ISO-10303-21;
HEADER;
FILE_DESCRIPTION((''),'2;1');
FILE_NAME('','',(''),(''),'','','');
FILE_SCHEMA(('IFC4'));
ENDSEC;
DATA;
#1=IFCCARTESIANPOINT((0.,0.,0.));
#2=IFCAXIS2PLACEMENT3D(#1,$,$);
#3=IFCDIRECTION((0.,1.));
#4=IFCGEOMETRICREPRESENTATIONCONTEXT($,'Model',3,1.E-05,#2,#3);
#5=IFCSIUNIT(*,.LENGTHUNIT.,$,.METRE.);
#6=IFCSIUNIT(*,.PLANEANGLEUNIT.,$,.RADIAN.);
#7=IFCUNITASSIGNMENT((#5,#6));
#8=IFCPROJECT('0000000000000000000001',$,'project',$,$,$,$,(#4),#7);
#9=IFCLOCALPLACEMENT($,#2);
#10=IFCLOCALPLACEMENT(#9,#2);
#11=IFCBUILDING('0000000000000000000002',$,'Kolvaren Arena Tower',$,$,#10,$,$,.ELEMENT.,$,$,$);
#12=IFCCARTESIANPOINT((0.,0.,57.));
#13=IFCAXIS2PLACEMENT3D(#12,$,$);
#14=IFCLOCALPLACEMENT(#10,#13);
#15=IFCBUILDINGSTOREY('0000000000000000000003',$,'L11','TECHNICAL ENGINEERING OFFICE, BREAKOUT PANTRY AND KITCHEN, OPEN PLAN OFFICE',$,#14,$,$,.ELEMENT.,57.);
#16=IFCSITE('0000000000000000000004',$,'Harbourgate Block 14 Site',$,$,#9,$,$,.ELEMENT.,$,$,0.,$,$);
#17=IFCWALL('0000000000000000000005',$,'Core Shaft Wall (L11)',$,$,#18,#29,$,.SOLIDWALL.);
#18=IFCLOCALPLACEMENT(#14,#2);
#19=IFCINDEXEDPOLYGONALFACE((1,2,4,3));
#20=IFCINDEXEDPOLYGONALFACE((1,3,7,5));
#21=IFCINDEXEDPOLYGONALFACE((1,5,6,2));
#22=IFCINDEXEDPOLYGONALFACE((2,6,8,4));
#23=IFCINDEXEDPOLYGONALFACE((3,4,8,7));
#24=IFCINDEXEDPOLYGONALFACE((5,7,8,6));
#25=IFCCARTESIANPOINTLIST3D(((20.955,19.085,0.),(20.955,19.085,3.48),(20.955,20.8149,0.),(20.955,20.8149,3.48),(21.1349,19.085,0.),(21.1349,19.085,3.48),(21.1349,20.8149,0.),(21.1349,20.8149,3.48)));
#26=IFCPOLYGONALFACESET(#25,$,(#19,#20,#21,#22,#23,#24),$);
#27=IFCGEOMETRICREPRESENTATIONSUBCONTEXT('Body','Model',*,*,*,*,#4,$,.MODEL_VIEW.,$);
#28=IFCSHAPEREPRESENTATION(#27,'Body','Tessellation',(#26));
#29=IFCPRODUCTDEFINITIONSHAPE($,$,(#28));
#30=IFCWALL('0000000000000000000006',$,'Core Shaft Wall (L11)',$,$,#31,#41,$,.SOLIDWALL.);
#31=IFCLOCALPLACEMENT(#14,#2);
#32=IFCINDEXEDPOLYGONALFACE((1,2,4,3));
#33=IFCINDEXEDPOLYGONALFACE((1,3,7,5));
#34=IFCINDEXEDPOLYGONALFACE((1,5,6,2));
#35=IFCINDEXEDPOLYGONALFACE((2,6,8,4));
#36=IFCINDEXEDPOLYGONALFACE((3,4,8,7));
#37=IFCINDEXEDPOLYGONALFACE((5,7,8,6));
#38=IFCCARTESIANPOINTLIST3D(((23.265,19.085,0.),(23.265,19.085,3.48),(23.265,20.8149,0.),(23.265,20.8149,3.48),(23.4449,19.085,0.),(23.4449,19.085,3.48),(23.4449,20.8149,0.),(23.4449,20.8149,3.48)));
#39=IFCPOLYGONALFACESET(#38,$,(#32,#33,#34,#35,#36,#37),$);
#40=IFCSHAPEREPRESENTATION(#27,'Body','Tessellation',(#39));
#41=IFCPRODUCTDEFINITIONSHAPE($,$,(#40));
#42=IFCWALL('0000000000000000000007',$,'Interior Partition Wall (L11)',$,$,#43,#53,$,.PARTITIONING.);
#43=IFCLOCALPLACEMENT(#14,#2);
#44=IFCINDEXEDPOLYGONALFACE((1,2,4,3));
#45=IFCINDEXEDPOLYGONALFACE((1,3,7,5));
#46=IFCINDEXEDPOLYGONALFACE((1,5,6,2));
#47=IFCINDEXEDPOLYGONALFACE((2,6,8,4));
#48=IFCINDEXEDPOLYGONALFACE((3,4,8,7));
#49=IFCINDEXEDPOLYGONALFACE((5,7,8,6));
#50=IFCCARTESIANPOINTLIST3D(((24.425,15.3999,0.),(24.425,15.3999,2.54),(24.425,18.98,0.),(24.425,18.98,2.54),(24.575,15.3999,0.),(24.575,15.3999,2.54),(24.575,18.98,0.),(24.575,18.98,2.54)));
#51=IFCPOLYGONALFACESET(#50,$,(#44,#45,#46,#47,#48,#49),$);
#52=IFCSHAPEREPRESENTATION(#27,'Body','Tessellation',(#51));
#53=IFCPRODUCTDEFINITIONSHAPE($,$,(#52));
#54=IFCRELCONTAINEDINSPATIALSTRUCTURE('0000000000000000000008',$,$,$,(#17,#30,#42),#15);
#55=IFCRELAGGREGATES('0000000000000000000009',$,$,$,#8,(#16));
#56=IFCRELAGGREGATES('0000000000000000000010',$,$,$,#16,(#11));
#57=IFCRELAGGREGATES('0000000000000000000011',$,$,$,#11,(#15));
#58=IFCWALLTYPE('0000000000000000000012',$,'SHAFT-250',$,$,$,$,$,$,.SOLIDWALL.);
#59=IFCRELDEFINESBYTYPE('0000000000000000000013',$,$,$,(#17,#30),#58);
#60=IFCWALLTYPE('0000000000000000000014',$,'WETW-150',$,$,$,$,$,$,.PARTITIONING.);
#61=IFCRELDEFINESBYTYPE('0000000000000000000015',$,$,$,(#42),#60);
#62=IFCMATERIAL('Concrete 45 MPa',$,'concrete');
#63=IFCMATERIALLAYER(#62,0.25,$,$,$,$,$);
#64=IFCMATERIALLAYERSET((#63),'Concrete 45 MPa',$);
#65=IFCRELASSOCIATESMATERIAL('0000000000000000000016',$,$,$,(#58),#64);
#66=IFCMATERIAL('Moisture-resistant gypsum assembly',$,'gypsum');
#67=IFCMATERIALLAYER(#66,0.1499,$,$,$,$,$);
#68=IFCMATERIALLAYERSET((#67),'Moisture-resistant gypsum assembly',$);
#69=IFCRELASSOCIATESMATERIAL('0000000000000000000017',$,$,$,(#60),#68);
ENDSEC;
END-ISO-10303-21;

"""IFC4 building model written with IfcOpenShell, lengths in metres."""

from ifc_helpers import new_model, si_unit, direction, frame, frame_2d, origin, place, context, subcontext, project, spatial, rectangle, extrude, material, layer, layer_set, type_object, element, save


model = new_model("IFC4")

# Units and contexts
model_context = context("Model", 3, precision=1e-05, world=origin(), true_north=direction((0.0, 1.0)))
body_context = subcontext(model_context, "Body", "Model", "MODEL_VIEW")
ifc_project = project(units=[si_unit("LENGTHUNIT", "METRE"), si_unit("PLANEANGLEUNIT", "RADIAN")], contexts=[model_context])

# Site, building, storey
site_placement = place(None, origin())
site = spatial("IfcSite", under=ifc_project, at=site_placement, Name="Harbourgate Block 14 Site", CompositionType="ELEMENT", RefElevation=0.0)
building_placement = place(site_placement, origin())
building = spatial("IfcBuilding", under=site, at=building_placement, Name="Kolvaren Arena Tower", CompositionType="ELEMENT")
storey_placement = place(building_placement, frame((0.0, 0.0, 57.0)))
storey = spatial("IfcBuildingStorey", under=building, at=storey_placement, Name="L11", Description="TECHNICAL ENGINEERING OFFICE, BREAKOUT PANTRY AND KITCHEN, OPEN PLAN OFFICE", CompositionType="ELEMENT", Elevation=57.0)

# Walls
ifc_material_1 = material(Name="Concrete 45 MPa", Category="concrete")
ifc_layer_1 = layer(ifc_material_1, 0.25)
ifc_layer_set_1 = layer_set([ifc_layer_1], Name="Concrete 45 MPa")
wall_type_1 = type_object("IfcWallType", Name="SHAFT-250", PredefinedType="SOLIDWALL", material=ifc_layer_set_1)
for number, where, z_axis, x_axis, name in (
    (1, (21.0449, 19.085, 0.0), (0.0, 0.0, 1.0), (0.0, 1.0, 0.0), "Core Shaft Wall (L11)"),
    (2, (23.355, 19.085, 0.0), (0.0, 0.0, 1.0), (0.0, 1.0, 0.0), "Core Shaft Wall (L11)"),
):
    element("IfcWall", number, at=place(storey_placement, frame(where, z_axis=z_axis, x_axis=x_axis)), inside=storey, type_object=wall_type_1, Name=name, PredefinedType="SOLIDWALL", context=body_context, shape_type="SweptSolid", body=[
        extrude(rectangle(XDim=1.73, YDim=0.1799, at=frame_2d((0.865, 0.0))), origin(), (0.0, 0.0, 1.0), 3.48),
    ])
ifc_material_2 = material(Name="Moisture-resistant gypsum assembly", Category="gypsum")
ifc_layer_2 = layer(ifc_material_2, 0.1499)
ifc_layer_set_2 = layer_set([ifc_layer_2], Name="Moisture-resistant gypsum assembly")
wall_type_2 = type_object("IfcWallType", Name="WETW-150", PredefinedType="PARTITIONING", material=ifc_layer_set_2)
wall_1_placement = place(storey_placement, frame((24.5, 15.3999, 0.0), z_axis=(0.0, 0.0, 1.0), x_axis=(0.0, 1.0, 0.0)))
element("IfcWall", 3, at=wall_1_placement, inside=storey, type_object=wall_type_2, Name="Interior Partition Wall (L11)", PredefinedType="PARTITIONING", context=body_context, shape_type="SweptSolid", body=[
    extrude(rectangle(XDim=3.5801, YDim=0.1499, at=frame_2d((1.79, 0.0))), origin(), (0.0, 0.0, 1.0), 2.54),
])

save(model, "model.ifc")
